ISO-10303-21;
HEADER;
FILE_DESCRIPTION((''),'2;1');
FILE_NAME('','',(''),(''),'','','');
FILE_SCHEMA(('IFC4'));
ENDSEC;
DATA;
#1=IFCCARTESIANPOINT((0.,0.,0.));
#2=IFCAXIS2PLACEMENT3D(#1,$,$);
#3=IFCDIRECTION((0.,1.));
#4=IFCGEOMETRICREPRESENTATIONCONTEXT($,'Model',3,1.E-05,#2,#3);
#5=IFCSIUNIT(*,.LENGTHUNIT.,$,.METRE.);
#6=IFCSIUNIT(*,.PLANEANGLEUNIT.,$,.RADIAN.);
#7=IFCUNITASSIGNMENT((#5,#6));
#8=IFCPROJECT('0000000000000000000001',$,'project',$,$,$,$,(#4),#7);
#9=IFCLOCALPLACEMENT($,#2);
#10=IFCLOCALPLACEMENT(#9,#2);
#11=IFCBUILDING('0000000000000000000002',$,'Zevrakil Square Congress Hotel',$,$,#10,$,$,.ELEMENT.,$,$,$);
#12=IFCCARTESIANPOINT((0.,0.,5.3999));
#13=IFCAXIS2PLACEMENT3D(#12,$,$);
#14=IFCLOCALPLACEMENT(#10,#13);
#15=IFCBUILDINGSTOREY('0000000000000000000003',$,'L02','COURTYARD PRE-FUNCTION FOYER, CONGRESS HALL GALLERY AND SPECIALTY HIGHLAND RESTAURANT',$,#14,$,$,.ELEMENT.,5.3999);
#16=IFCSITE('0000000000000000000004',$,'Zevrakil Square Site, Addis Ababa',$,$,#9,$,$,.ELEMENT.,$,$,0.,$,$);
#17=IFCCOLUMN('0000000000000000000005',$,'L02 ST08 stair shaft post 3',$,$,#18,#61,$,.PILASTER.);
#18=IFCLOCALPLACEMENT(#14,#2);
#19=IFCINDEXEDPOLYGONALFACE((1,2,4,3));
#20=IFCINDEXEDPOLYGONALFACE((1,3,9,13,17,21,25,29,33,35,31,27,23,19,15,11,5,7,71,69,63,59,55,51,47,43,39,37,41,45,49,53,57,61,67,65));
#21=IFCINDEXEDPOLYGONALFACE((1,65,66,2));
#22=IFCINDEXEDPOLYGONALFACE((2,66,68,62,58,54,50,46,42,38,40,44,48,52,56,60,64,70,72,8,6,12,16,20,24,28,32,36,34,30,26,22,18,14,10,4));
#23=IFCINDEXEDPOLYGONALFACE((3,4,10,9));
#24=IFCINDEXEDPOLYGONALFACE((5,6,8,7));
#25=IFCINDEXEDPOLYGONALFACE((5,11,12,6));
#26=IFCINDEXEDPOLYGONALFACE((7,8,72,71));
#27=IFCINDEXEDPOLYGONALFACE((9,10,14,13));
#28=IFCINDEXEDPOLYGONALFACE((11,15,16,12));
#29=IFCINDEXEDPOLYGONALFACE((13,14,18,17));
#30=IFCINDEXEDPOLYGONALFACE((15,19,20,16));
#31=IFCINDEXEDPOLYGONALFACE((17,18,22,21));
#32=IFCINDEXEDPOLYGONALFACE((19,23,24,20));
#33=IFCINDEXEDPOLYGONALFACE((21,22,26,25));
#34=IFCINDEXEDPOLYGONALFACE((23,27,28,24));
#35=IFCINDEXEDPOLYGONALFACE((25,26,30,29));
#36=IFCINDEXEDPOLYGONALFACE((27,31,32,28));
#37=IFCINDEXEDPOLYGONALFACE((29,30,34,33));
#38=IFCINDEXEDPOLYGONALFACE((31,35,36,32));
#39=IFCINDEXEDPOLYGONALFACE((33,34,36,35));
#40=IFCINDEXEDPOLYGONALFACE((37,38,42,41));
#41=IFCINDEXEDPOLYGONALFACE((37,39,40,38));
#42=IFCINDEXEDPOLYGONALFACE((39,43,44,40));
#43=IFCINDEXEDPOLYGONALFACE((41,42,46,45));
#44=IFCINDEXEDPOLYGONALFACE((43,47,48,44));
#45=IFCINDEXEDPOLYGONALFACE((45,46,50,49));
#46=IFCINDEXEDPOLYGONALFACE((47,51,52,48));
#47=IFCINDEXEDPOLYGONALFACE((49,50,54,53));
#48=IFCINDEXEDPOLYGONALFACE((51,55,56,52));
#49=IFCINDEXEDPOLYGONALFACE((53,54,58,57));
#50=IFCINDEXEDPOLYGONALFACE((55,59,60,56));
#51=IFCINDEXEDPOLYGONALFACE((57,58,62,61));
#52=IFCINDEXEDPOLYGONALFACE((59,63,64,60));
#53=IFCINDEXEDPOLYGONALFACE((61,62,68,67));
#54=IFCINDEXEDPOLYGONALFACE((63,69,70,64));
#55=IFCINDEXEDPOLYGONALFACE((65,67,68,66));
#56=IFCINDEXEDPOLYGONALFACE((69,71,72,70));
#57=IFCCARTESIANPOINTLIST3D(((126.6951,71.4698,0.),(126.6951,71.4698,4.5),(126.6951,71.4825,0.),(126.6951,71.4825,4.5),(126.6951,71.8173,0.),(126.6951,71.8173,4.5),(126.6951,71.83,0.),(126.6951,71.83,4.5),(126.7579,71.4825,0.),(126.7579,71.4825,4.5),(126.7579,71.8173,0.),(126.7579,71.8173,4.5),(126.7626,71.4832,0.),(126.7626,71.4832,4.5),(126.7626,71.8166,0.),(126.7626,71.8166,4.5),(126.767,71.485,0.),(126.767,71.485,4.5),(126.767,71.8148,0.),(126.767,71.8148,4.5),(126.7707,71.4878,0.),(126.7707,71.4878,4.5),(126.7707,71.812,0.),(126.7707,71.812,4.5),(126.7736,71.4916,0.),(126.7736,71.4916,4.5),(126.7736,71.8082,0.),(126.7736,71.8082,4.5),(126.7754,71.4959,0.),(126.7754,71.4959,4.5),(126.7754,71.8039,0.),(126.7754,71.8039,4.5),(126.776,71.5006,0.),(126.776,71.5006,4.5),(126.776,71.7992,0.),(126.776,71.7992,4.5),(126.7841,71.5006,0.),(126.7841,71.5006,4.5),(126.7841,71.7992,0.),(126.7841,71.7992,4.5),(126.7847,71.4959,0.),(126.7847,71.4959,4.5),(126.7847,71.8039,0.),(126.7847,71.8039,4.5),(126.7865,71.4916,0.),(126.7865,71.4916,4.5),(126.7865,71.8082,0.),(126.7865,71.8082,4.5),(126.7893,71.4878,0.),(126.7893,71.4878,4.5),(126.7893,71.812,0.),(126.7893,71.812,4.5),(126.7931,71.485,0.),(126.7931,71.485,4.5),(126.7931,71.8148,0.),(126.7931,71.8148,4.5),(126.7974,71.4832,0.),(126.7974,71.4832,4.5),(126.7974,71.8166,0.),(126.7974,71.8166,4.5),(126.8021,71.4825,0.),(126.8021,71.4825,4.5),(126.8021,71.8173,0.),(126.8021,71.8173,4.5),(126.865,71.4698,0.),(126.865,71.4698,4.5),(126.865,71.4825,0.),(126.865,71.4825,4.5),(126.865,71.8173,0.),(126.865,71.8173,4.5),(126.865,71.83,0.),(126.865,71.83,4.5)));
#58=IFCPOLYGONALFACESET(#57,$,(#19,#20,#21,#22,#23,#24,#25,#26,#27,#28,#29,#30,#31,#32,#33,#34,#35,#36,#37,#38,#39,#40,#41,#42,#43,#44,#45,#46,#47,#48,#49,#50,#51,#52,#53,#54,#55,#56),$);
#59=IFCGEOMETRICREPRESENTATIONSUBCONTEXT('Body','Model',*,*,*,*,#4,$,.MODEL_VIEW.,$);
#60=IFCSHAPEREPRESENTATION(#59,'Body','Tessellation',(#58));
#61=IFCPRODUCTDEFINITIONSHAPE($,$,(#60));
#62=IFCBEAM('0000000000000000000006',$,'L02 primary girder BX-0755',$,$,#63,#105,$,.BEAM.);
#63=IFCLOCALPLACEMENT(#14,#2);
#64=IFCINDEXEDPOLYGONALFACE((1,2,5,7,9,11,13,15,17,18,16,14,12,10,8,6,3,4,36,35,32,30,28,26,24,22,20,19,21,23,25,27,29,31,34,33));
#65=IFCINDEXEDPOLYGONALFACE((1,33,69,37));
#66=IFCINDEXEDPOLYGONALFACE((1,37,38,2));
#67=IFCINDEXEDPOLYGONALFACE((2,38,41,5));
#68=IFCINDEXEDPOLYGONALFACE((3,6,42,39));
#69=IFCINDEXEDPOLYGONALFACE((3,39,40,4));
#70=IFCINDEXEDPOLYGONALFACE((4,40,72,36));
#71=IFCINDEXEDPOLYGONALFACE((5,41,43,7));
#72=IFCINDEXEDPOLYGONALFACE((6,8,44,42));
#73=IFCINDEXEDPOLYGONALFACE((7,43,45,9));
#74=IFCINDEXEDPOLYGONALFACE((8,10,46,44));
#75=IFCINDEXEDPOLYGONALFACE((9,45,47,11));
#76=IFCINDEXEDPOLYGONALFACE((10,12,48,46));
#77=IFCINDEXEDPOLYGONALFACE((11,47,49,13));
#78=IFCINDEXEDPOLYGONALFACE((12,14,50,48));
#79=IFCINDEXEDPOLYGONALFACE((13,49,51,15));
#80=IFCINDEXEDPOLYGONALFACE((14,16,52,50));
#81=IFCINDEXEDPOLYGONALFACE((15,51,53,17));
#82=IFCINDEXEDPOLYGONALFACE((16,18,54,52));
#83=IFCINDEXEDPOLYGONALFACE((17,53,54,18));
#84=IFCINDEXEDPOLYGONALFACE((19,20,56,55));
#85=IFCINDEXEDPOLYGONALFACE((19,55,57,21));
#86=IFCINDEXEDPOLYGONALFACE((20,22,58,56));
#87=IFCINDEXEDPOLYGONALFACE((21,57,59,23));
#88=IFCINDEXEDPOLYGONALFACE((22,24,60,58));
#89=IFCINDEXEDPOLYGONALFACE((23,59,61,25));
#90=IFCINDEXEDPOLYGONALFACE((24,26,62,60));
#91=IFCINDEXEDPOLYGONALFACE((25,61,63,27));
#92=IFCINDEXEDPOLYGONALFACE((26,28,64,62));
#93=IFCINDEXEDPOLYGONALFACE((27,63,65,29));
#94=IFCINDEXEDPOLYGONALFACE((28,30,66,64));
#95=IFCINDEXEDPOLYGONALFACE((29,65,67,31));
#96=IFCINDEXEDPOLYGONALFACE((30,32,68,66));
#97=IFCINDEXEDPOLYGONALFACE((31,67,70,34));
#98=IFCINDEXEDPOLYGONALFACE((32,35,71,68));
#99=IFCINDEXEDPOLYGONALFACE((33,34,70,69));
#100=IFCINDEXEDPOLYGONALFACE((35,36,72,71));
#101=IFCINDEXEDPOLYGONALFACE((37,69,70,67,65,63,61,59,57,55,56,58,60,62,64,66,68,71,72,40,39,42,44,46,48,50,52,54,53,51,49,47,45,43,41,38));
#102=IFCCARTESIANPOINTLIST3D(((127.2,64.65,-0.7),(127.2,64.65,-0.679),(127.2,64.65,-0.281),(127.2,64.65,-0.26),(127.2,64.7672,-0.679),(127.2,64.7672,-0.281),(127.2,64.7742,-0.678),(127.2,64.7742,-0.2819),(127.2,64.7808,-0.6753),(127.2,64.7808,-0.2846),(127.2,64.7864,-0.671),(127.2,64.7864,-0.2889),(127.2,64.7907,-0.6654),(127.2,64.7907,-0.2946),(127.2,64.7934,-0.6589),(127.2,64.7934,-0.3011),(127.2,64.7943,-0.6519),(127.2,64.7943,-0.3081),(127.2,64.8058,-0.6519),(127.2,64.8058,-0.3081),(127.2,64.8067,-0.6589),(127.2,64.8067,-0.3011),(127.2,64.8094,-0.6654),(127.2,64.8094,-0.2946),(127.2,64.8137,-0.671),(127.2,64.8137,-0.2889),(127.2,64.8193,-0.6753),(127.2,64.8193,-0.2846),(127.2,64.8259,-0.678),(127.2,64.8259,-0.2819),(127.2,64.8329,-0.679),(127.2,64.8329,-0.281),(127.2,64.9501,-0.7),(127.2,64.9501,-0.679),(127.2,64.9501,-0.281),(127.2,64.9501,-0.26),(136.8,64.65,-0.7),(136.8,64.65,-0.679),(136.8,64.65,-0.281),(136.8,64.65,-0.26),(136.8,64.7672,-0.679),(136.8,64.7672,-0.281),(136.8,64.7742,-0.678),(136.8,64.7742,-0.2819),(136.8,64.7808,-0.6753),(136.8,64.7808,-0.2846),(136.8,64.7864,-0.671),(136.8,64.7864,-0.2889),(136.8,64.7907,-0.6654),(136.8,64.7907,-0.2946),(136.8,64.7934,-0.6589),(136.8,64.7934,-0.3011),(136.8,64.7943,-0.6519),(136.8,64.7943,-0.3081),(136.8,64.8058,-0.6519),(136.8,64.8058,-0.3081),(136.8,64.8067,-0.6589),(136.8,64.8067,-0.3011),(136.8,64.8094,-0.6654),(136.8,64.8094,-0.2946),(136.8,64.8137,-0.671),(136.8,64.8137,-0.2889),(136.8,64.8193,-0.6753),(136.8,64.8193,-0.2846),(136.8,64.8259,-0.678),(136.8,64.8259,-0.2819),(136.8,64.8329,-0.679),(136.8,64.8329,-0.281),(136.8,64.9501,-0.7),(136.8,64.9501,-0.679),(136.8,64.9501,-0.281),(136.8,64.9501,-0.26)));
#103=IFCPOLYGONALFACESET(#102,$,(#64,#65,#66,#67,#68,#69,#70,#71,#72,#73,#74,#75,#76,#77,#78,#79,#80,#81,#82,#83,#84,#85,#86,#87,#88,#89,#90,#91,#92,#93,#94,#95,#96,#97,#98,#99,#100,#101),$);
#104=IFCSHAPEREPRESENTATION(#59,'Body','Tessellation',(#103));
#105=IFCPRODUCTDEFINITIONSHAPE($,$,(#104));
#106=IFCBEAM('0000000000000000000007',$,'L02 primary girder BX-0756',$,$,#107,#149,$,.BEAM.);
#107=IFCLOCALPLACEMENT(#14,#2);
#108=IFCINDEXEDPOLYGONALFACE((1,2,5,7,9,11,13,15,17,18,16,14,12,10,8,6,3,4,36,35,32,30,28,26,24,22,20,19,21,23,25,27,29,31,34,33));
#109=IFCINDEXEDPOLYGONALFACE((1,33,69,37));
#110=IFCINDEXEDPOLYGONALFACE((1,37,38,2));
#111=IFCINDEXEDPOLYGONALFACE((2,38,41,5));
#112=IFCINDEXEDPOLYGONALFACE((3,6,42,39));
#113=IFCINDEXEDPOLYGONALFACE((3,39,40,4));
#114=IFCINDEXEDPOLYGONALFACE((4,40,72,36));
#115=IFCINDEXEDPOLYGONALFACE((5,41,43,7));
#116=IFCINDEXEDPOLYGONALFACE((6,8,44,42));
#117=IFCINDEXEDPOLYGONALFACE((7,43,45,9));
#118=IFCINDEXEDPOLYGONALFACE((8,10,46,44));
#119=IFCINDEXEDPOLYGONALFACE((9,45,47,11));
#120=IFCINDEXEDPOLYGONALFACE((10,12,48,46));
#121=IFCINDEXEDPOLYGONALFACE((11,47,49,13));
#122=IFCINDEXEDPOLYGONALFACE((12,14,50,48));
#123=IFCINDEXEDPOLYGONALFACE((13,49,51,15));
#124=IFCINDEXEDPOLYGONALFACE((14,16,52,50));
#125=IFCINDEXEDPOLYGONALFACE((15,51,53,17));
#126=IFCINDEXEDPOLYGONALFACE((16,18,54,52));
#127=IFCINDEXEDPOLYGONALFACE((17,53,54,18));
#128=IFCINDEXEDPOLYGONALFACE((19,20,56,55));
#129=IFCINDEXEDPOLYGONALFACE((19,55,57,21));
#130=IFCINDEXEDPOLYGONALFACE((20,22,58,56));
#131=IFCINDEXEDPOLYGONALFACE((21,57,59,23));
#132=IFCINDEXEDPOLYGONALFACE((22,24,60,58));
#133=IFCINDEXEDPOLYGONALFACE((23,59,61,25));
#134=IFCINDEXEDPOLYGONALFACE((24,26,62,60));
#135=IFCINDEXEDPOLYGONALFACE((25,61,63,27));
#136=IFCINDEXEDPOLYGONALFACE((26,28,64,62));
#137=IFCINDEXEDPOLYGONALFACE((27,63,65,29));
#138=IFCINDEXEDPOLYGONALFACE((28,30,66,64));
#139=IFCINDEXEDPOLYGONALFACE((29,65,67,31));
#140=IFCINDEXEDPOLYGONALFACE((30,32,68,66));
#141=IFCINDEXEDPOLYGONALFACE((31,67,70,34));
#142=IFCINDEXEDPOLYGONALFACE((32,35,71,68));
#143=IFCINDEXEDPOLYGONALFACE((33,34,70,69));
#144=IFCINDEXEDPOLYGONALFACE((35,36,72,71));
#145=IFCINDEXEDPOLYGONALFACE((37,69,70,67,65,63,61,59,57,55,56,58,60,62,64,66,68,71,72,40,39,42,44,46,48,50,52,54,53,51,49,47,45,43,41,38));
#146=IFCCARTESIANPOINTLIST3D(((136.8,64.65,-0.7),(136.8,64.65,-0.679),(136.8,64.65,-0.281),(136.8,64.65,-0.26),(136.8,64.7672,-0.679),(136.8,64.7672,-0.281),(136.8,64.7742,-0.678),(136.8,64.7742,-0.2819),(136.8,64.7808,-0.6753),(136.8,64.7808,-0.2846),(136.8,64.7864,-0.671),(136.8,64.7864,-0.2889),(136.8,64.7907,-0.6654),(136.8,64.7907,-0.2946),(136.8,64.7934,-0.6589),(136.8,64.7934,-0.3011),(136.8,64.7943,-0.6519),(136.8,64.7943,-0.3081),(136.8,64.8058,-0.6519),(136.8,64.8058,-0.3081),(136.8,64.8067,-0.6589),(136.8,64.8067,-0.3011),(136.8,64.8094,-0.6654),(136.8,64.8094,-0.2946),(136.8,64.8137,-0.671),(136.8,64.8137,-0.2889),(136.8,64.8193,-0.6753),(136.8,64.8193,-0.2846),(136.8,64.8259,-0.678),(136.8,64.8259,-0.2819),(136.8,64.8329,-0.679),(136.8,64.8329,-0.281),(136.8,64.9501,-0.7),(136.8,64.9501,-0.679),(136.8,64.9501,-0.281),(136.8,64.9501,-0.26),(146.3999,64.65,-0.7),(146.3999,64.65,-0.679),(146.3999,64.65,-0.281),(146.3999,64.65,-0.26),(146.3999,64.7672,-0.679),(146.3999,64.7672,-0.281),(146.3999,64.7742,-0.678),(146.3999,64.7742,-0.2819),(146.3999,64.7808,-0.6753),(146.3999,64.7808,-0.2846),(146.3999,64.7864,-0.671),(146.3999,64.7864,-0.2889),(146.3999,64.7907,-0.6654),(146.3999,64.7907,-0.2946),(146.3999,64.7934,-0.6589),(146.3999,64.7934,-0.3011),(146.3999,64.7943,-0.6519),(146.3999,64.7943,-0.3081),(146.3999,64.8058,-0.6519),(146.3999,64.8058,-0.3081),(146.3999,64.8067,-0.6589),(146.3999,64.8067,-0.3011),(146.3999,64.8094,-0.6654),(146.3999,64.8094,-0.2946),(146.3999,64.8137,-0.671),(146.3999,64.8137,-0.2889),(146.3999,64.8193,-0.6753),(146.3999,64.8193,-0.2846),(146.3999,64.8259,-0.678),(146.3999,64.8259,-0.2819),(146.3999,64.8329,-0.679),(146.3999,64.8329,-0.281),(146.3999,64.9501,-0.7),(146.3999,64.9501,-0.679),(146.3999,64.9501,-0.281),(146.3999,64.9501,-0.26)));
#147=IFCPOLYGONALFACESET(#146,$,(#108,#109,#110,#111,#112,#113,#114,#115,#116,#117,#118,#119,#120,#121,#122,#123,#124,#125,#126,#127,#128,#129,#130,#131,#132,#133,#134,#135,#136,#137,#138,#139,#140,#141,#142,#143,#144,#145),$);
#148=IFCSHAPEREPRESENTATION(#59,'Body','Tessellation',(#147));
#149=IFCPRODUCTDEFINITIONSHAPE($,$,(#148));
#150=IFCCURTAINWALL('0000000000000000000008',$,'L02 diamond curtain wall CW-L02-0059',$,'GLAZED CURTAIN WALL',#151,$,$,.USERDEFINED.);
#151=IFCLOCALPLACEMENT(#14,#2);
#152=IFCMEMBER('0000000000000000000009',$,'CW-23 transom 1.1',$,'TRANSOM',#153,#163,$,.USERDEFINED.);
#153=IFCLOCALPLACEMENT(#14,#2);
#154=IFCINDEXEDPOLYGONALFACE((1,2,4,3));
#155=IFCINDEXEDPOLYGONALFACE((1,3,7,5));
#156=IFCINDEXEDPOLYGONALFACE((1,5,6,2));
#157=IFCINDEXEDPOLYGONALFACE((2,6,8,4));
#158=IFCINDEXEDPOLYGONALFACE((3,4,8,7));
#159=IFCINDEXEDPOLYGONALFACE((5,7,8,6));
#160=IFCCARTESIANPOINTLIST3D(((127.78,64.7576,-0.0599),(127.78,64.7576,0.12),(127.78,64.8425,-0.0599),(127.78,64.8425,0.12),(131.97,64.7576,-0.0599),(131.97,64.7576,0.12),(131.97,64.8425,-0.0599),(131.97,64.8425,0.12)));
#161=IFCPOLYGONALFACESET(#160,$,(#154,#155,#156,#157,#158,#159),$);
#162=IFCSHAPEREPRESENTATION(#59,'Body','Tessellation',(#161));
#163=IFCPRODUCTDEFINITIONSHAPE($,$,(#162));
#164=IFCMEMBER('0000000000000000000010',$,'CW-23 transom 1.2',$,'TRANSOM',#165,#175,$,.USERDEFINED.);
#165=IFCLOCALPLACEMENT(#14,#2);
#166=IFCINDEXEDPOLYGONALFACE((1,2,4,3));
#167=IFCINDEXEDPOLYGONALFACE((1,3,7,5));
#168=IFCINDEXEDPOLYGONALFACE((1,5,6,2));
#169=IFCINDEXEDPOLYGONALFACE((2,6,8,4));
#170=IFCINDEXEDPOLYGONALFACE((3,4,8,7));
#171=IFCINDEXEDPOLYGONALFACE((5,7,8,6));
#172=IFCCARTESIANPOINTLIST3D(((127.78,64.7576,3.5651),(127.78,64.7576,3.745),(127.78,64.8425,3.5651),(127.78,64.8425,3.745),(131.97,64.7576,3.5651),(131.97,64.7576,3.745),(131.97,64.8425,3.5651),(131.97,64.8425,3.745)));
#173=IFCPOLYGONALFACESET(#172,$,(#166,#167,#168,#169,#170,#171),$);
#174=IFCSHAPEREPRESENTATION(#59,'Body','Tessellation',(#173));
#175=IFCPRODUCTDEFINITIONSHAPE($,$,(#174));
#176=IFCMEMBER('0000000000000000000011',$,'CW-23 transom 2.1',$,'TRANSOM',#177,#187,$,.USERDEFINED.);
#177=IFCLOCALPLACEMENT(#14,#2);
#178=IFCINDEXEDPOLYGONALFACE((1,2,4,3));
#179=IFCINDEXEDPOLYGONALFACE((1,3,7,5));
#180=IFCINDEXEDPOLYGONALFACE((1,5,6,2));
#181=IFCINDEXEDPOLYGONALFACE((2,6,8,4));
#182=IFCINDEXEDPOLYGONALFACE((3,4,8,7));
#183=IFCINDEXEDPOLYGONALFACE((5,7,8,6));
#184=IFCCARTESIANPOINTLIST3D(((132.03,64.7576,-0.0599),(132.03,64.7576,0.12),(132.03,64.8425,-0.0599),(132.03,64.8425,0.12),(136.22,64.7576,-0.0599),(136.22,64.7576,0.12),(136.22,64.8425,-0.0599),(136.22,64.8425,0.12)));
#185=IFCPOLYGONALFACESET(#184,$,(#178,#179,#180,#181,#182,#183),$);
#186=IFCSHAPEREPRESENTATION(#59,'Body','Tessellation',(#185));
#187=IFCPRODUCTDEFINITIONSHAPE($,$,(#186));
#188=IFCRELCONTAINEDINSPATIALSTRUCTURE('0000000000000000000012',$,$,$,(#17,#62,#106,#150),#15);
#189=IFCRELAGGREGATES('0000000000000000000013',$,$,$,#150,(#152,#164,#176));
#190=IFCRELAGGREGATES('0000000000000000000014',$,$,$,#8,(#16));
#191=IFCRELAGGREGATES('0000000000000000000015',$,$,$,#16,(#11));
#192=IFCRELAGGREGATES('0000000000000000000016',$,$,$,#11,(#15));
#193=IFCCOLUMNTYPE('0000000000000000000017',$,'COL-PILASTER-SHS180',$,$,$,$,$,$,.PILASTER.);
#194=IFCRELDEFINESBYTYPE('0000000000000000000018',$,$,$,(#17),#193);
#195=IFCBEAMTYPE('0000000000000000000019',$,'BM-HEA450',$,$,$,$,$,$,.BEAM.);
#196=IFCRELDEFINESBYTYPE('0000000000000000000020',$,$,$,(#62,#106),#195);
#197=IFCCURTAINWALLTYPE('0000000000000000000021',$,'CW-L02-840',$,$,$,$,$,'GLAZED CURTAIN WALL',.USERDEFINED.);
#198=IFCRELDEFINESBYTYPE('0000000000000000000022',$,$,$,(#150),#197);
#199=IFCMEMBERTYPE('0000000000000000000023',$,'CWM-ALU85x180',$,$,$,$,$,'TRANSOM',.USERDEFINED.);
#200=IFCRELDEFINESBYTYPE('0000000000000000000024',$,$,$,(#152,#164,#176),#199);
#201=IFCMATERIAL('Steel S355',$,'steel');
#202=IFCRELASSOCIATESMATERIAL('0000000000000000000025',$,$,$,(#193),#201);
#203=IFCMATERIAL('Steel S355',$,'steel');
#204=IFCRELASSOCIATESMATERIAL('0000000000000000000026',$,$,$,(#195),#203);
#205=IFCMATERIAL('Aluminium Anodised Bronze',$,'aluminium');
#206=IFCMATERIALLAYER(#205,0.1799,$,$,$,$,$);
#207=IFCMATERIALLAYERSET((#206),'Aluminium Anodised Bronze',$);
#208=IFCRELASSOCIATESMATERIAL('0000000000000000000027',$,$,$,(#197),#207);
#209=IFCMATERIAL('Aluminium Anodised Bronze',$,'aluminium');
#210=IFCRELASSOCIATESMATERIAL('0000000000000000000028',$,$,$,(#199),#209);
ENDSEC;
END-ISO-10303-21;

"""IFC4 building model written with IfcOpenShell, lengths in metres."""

from ifc_helpers import new_model, si_unit, direction, frame, origin, origin_2d, place, context, subcontext, project, spatial, rectangle, i_section, extrude, material, layer, layer_set, material_profile, profile_set, type_object, element, aggregate, save


model = new_model("IFC4")

# Units and contexts
model_context = context("Model", 3, precision=1e-05, world=origin(), true_north=direction((0.0, 1.0)))
body_context = subcontext(model_context, "Body", "Model", "MODEL_VIEW")
ifc_project = project(units=[si_unit("LENGTHUNIT", "METRE"), si_unit("PLANEANGLEUNIT", "RADIAN")], contexts=[model_context])

# Site, building, storey
site_placement = place(None, origin())
site = spatial("IfcSite", under=ifc_project, at=site_placement, Name="Zevrakil Square Site, Addis Ababa", CompositionType="ELEMENT", RefElevation=0.0)
building_placement = place(site_placement, origin())
building = spatial("IfcBuilding", under=site, at=building_placement, Name="Zevrakil Square Congress Hotel", CompositionType="ELEMENT")
storey_placement = place(building_placement, frame((0.0, 0.0, 5.3999)))
storey = spatial("IfcBuildingStorey", under=building, at=storey_placement, Name="L02", Description="COURTYARD PRE-FUNCTION FOYER, CONGRESS HALL GALLERY AND SPECIALTY HIGHLAND RESTAURANT", CompositionType="ELEMENT", Elevation=5.3999)

# Column
ifc_material_1 = material(Name="Steel S355", Category="steel")
ifc_material_profile_1 = material_profile(ifc_material_1, i_section(OverallWidth=0.1699, OverallDepth=0.3601, WebThickness=0.0081, FlangeThickness=0.0127, FilletRadius=0.0181, at=origin_2d()), Name="IPE 360")
ifc_profile_set_1 = profile_set([ifc_material_profile_1], Name="Steel S355")
column_type_1 = type_object("IfcColumnType", Name="COL-PILASTER-SHS180", PredefinedType="PILASTER", material=ifc_profile_set_1)
for number, where, z_axis, x_axis, name in (
    (1, (126.78, 71.6499, 0.0), (0.0, 0.0, 1.0), (1.0, 0.0, 0.0), "L02 ST08 stair shaft post 3"),
):
    element("IfcColumn", number, at=place(storey_placement, frame(where, z_axis=z_axis, x_axis=x_axis)), inside=storey, type_object=column_type_1, Name=name, PredefinedType="PILASTER", context=body_context, shape_type="SweptSolid", body=[
        extrude(i_section(OverallWidth=0.1699, OverallDepth=0.3601, WebThickness=0.0081, FlangeThickness=0.0127, FilletRadius=0.0181, at=origin_2d()), origin(), (0.0, 0.0, 1.0), 4.5),
    ])

# Beams
ifc_material_2 = material(Name="Steel S355", Category="steel")
ifc_material_profile_2 = material_profile(ifc_material_2, i_section(OverallWidth=0.3, OverallDepth=0.4399, WebThickness=0.0115, FlangeThickness=0.021, FilletRadius=0.0271, at=origin_2d()), Name="HEA 450")
ifc_profile_set_2 = profile_set([ifc_material_profile_2], Name="Steel S355")
beam_type = type_object("IfcBeamType", Name="BM-HEA450", PredefinedType="BEAM", material=ifc_profile_set_2)
beam_1_placement = place(storey_placement, frame((127.2, 64.8, -0.48), z_axis=(1.0, 0.0, 0.0), x_axis=(0.0, 1.0, 0.0)))
element("IfcBeam", 2, at=beam_1_placement, inside=storey, type_object=beam_type, Name="L02 primary girder BX-0755", PredefinedType="BEAM", context=body_context, shape_type="SweptSolid", body=[
    extrude(i_section(OverallWidth=0.3, OverallDepth=0.4399, WebThickness=0.0115, FlangeThickness=0.021, FilletRadius=0.0271, at=origin_2d()), origin(), (0.0, 0.0, 1.0), 9.6001),
])
beam_2_placement = place(storey_placement, frame((136.8, 64.8, -0.48), z_axis=(1.0, 0.0, 0.0), x_axis=(0.0, 1.0, 0.0)))
element("IfcBeam", 3, at=beam_2_placement, inside=storey, type_object=beam_type, Name="L02 primary girder BX-0756", PredefinedType="BEAM", context=body_context, shape_type="SweptSolid", body=[
    extrude(i_section(OverallWidth=0.3, OverallDepth=0.4399, WebThickness=0.0115, FlangeThickness=0.021, FilletRadius=0.0271, at=origin_2d()), origin(), (0.0, 0.0, 1.0), 9.5999),
])

# Curtain wall, members
ifc_material_3 = material(Name="Aluminium Anodised Bronze", Category="aluminium")
ifc_layer_1 = layer(ifc_material_3, 0.1799)
ifc_layer_set_1 = layer_set([ifc_layer_1], Name="Aluminium Anodised Bronze")
curtain_wall_type = type_object("IfcCurtainWallType", Name="CW-L02-840", ElementType="GLAZED CURTAIN WALL", PredefinedType="USERDEFINED", material=ifc_layer_set_1)
curtain_wall_1_placement = place(storey_placement, origin())
curtain_wall_1 = element("IfcCurtainWall", 4, at=curtain_wall_1_placement, inside=storey, type_object=curtain_wall_type, Name="L02 diamond curtain wall CW-L02-0059", ObjectType="GLAZED CURTAIN WALL", PredefinedType="USERDEFINED")
ifc_material_4 = material(Name="Aluminium Anodised Bronze", Category="aluminium")
ifc_material_profile_3 = material_profile(ifc_material_4, rectangle(XDim=0.085, YDim=0.1799, at=origin_2d()), Name="ALU 85x180")
ifc_profile_set_3 = profile_set([ifc_material_profile_3], Name="Aluminium Anodised Bronze")
member_type_1 = type_object("IfcMemberType", Name="CWM-ALU85x180", ElementType="TRANSOM", PredefinedType="USERDEFINED", material=ifc_profile_set_3)
member_1_placement = place(storey_placement, frame((127.78, 64.8, 0.03), z_axis=(1.0, 0.0, 0.0), x_axis=(0.0, 1.0, 0.0)))
member_1 = element("IfcMember", 5, at=member_1_placement, type_object=member_type_1, Name="CW-23 transom 1.1", ObjectType="TRANSOM", PredefinedType="USERDEFINED", context=body_context, shape_type="SweptSolid", body=[
    extrude(rectangle(XDim=0.085, YDim=0.1799, at=origin_2d()), origin(), (0.0, 0.0, 1.0), 4.1899),
])
member_2_placement = place(storey_placement, frame((127.78, 64.8, 3.655), z_axis=(1.0, 0.0, 0.0), x_axis=(0.0, 1.0, 0.0)))
member_2 = element("IfcMember", 6, at=member_2_placement, type_object=member_type_1, Name="CW-23 transom 1.2", ObjectType="TRANSOM", PredefinedType="USERDEFINED", context=body_context, shape_type="SweptSolid", body=[
    extrude(rectangle(XDim=0.085, YDim=0.1799, at=origin_2d()), origin(), (0.0, 0.0, 1.0), 4.1899),
])
member_3_placement = place(storey_placement, frame((132.03, 64.8, 0.03), z_axis=(1.0, 0.0, 0.0), x_axis=(0.0, 1.0, 0.0)))
member_3 = element("IfcMember", 7, at=member_3_placement, type_object=member_type_1, Name="CW-23 transom 2.1", ObjectType="TRANSOM", PredefinedType="USERDEFINED", context=body_context, shape_type="SweptSolid", body=[
    extrude(rectangle(XDim=0.085, YDim=0.1799, at=origin_2d()), origin(), (0.0, 0.0, 1.0), 4.1899),
])

aggregate(curtain_wall_1, [member_1, member_2, member_3])

save(model, "model.ifc")
